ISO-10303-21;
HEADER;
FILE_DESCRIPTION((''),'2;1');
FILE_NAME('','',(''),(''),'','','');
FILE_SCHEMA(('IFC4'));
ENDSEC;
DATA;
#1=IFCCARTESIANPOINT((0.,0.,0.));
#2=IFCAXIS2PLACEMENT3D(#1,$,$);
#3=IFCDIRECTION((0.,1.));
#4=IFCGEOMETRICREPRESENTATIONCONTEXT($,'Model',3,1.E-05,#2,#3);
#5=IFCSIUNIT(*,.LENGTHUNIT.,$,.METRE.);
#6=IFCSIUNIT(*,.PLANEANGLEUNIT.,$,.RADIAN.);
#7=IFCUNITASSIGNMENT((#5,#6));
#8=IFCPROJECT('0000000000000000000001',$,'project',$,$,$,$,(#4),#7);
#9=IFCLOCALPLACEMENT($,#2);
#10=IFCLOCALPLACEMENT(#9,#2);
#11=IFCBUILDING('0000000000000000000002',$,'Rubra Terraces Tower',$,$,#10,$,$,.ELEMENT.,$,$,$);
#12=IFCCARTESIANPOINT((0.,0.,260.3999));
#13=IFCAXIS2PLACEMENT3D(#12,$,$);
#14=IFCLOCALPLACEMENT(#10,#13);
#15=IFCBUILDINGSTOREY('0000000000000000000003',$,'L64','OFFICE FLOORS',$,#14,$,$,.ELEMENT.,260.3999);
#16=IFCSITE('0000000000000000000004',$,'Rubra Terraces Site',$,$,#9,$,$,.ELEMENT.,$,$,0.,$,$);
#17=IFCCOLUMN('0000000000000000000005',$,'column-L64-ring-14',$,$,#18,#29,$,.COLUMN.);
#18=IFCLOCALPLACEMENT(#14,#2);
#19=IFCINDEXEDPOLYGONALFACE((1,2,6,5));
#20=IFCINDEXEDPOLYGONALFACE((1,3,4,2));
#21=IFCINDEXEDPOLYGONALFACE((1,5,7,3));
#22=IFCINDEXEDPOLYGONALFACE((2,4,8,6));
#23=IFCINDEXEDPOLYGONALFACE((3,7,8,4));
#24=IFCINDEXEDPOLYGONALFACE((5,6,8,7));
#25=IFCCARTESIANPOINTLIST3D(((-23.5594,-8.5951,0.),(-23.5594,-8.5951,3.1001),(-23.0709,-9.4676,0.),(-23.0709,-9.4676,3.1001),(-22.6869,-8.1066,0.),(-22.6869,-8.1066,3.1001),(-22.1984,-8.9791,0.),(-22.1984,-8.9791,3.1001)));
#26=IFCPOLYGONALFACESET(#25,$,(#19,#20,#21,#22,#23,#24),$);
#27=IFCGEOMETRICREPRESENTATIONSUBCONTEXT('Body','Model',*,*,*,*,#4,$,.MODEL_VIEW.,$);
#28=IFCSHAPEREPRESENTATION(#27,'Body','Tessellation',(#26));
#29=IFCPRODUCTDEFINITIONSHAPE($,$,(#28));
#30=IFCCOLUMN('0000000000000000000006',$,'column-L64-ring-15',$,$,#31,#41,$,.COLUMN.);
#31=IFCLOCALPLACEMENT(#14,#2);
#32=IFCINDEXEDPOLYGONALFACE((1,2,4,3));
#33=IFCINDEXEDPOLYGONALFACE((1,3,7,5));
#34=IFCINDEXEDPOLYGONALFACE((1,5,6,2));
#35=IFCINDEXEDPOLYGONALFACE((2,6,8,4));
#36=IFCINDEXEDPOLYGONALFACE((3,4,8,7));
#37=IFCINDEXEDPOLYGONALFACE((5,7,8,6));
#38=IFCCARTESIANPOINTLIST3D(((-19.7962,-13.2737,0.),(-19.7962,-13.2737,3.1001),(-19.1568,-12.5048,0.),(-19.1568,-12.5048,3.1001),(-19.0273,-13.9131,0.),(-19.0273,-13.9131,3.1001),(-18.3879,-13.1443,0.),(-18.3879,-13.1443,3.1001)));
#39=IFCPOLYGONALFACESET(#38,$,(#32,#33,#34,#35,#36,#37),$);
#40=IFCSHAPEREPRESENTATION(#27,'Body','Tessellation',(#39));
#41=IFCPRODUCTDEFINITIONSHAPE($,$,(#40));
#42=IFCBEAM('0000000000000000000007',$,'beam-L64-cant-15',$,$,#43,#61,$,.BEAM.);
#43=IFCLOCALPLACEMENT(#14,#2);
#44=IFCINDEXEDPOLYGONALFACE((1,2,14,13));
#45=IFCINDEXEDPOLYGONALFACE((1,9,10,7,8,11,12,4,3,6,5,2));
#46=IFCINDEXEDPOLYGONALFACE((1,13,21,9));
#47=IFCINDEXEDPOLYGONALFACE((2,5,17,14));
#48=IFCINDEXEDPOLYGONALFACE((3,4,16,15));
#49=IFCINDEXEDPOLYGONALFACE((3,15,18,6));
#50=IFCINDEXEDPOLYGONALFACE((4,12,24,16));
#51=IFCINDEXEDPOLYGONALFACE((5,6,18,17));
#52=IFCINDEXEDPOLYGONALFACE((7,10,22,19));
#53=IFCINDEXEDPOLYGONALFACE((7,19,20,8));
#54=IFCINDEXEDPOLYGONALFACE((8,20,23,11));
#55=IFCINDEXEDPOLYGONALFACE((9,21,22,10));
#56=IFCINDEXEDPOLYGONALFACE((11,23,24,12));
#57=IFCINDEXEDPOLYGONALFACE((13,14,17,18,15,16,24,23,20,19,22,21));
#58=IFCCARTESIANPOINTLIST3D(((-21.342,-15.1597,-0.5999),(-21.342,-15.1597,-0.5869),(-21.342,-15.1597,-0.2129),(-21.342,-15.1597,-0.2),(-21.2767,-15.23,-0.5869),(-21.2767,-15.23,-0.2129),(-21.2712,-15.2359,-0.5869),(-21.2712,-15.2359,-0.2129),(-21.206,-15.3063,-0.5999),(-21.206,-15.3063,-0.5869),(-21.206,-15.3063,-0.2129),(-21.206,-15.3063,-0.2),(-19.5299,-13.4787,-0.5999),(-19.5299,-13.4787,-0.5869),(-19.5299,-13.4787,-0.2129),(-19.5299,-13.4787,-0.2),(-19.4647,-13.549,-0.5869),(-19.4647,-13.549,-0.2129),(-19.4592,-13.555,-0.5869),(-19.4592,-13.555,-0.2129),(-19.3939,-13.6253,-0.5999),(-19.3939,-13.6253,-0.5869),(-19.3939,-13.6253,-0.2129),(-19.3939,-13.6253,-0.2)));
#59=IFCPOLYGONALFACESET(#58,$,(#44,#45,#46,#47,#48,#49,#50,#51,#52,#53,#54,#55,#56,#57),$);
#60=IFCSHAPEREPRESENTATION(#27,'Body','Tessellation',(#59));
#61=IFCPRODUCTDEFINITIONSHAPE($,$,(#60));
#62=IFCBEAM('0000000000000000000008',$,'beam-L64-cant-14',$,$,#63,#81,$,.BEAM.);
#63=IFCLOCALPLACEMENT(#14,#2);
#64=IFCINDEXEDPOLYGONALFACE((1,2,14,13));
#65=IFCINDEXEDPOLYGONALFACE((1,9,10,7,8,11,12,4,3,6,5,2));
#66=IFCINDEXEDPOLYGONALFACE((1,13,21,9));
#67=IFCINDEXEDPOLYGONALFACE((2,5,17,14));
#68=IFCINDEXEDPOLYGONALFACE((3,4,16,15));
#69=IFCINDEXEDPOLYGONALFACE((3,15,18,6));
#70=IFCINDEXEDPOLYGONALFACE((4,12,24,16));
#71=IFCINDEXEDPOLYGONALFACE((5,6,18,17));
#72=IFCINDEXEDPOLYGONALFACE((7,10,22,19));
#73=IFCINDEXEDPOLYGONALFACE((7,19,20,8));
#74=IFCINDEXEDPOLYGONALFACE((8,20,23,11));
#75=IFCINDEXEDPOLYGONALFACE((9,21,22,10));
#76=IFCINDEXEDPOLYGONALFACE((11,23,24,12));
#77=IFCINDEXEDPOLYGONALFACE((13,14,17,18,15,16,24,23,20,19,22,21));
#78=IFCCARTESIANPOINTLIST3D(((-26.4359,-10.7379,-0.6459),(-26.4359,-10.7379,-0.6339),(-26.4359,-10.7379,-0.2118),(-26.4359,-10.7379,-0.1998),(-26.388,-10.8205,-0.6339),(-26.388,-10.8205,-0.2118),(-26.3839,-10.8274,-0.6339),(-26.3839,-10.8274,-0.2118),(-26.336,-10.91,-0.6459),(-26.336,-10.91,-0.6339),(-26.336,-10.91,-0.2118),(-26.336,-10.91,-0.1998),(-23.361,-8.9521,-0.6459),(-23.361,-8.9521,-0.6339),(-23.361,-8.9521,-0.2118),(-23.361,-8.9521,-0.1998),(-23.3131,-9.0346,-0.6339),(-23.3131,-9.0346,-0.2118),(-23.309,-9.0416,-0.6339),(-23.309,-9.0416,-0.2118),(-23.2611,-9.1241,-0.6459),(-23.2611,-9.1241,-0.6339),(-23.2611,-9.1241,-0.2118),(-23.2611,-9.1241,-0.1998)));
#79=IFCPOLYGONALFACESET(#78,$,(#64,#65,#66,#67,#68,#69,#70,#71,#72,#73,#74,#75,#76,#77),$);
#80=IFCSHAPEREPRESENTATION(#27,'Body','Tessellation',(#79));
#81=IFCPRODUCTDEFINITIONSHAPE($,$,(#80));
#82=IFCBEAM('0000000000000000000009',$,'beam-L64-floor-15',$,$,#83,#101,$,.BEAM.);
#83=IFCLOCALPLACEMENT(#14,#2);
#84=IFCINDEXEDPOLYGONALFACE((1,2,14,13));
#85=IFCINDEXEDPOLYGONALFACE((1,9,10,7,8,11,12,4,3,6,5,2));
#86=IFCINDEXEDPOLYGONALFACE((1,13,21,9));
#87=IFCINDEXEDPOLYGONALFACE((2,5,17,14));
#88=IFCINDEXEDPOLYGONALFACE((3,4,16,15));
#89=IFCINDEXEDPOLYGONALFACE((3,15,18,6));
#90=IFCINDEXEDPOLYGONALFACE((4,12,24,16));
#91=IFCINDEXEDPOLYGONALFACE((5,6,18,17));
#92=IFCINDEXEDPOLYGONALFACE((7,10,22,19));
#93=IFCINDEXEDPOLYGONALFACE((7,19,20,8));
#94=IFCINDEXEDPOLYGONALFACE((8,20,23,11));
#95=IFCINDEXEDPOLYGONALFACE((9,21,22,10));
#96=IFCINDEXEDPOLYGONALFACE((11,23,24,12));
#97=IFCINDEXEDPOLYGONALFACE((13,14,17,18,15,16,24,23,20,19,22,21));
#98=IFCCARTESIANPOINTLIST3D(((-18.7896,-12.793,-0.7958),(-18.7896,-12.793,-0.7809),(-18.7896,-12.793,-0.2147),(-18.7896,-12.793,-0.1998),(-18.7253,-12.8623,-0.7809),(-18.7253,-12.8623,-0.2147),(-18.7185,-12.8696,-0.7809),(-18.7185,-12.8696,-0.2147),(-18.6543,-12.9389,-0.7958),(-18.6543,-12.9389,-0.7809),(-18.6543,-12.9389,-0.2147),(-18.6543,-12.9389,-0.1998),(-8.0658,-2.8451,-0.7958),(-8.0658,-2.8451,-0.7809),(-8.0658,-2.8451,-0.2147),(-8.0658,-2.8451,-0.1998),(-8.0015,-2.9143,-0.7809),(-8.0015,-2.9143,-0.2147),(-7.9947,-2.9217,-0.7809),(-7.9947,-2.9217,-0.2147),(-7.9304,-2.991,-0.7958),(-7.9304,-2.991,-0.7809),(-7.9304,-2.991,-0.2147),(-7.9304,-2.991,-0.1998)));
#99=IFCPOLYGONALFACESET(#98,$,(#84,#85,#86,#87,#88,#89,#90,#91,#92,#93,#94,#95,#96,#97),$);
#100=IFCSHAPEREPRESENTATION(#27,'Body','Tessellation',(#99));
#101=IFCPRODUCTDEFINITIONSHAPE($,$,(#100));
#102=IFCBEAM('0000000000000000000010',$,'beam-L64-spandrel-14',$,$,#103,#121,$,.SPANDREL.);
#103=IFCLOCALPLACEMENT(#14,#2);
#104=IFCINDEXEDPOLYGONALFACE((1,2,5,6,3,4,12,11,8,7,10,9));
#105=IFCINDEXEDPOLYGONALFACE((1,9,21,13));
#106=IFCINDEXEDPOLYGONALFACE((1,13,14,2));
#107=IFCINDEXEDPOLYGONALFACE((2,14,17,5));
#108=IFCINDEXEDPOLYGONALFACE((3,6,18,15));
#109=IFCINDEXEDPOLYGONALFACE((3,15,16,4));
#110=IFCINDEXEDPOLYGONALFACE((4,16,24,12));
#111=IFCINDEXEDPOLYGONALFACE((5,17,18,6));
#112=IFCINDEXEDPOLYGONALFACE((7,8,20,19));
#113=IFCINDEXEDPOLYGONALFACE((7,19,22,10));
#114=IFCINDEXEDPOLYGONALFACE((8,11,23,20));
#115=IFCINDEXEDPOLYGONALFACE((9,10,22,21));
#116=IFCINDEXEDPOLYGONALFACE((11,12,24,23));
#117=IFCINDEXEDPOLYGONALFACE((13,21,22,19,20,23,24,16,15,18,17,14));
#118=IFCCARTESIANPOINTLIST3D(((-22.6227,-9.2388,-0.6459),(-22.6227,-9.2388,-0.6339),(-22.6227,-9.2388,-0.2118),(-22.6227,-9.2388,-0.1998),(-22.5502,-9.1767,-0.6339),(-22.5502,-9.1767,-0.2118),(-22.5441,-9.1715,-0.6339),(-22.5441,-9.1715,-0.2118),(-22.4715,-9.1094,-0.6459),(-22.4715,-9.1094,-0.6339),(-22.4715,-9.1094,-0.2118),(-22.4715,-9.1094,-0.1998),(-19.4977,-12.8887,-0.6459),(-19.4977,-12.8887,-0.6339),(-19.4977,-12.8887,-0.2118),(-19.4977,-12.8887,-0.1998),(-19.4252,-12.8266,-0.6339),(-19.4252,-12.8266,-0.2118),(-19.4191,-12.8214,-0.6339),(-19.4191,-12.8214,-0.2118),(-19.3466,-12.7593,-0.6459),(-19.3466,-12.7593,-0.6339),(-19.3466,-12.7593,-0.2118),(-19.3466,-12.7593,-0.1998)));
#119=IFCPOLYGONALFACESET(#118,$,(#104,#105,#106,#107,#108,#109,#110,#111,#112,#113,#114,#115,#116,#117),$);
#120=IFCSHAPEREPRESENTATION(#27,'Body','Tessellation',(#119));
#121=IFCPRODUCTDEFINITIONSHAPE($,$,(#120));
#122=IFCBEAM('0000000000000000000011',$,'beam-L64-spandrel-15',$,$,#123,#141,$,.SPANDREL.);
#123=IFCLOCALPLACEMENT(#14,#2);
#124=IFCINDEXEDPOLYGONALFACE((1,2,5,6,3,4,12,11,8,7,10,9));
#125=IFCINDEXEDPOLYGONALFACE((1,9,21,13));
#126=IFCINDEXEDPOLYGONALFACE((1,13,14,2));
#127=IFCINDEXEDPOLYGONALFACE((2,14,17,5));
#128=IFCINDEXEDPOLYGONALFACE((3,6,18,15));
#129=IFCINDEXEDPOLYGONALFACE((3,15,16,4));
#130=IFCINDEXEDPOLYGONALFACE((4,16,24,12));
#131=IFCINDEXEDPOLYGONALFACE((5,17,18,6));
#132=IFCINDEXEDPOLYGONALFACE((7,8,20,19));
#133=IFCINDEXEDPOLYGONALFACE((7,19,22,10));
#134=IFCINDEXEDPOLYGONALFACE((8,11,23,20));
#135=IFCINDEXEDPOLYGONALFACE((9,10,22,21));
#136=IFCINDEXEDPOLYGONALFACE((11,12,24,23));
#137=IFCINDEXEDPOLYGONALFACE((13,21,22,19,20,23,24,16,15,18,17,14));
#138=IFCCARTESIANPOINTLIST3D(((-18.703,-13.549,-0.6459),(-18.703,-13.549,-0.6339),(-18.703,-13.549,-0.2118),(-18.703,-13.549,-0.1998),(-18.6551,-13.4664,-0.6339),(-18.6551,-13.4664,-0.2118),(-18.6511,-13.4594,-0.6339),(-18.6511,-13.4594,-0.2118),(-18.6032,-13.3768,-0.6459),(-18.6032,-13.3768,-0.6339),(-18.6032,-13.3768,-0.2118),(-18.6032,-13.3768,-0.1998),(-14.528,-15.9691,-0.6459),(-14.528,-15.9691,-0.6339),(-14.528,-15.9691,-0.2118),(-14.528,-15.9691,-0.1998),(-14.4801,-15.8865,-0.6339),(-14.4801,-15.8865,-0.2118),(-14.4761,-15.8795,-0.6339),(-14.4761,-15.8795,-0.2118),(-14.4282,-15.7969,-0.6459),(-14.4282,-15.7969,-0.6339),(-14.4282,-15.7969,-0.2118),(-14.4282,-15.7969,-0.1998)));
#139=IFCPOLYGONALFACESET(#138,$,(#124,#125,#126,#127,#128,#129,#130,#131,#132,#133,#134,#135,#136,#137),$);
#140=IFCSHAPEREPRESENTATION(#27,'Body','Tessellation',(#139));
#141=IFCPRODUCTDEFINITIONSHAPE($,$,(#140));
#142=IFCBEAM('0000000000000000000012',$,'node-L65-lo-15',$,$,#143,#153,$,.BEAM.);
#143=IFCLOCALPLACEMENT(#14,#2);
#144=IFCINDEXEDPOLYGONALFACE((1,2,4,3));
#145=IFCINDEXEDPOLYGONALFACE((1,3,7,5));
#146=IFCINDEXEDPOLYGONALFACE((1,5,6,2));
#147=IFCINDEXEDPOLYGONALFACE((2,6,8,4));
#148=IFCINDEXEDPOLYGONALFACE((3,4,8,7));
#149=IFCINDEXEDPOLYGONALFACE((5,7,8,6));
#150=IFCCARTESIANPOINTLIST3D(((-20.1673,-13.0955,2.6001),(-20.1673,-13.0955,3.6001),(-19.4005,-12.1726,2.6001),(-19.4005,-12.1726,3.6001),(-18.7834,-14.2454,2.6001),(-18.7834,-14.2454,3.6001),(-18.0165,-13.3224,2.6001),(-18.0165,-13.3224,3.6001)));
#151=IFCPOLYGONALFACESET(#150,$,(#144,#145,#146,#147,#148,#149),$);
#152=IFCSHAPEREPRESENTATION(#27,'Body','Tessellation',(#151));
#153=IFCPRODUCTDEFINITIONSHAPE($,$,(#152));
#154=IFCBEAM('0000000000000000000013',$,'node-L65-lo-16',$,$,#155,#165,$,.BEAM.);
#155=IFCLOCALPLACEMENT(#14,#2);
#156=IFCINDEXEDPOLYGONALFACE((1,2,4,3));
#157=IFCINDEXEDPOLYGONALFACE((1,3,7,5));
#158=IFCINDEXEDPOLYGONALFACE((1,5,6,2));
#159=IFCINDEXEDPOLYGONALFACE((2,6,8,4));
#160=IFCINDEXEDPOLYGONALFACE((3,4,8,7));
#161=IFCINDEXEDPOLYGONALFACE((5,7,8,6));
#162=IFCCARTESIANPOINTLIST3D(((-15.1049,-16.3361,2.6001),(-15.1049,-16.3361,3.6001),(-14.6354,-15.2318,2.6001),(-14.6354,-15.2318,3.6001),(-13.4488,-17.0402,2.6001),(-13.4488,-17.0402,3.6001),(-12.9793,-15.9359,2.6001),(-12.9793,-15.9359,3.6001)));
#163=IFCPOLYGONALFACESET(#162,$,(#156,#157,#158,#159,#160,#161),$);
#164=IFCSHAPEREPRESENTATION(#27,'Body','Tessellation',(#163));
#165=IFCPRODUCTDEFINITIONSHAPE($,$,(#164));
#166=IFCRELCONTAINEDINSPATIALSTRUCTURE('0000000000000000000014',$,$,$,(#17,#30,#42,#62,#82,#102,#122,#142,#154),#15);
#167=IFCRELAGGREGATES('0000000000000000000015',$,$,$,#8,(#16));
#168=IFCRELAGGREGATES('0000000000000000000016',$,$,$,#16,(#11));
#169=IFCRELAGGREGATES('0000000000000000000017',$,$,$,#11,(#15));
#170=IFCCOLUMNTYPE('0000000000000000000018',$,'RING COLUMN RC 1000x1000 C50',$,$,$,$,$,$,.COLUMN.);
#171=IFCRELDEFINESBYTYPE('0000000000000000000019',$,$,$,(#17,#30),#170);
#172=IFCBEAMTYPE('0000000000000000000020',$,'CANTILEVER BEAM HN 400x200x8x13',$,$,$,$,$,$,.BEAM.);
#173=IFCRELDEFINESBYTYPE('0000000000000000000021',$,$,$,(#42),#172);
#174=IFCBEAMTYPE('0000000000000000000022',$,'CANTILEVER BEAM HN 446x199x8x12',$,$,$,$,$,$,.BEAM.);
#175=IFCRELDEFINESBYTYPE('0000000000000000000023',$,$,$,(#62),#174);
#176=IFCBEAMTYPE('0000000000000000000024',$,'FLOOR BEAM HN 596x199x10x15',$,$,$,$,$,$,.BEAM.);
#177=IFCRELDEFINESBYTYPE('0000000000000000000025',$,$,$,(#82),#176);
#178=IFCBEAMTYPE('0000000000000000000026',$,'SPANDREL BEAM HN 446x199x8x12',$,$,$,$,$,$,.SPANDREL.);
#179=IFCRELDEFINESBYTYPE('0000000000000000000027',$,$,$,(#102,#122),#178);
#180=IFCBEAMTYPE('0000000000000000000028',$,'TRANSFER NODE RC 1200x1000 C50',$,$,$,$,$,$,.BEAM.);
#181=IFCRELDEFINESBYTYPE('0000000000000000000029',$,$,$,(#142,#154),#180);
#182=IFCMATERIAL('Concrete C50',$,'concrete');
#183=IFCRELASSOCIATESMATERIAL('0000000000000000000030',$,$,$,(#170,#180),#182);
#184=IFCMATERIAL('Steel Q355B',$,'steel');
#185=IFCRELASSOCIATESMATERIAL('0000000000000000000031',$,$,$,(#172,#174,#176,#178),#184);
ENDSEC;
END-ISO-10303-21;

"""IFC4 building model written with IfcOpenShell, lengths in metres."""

from ifc_helpers import new_model, si_unit, direction, frame, origin, origin_2d, place, context, subcontext, project, spatial, rectangle, i_section, extrude, material, material_profile, profile_set, type_object, element, save


model = new_model("IFC4")

# Units and contexts
model_context = context("Model", 3, precision=1e-05, world=origin(), true_north=direction((0.0, 1.0)))
body_context = subcontext(model_context, "Body", "Model", "MODEL_VIEW")
ifc_project = project(units=[si_unit("LENGTHUNIT", "METRE"), si_unit("PLANEANGLEUNIT", "RADIAN")], contexts=[model_context])

# Site, building, storey
site_placement = place(None, origin())
site = spatial("IfcSite", under=ifc_project, at=site_placement, Name="Rubra Terraces Site", CompositionType="ELEMENT", RefElevation=0.0)
building_placement = place(site_placement, origin())
building = spatial("IfcBuilding", under=site, at=building_placement, Name="Rubra Terraces Tower", CompositionType="ELEMENT")
storey_placement = place(building_placement, frame((0.0, 0.0, 260.3999)))
storey = spatial("IfcBuildingStorey", under=building, at=storey_placement, Name="L64", Description="OFFICE FLOORS", CompositionType="ELEMENT", Elevation=260.3999)

# Columns
ifc_material_1 = material(Name="Concrete C50", Category="concrete")
ifc_material_profile_1 = material_profile(ifc_material_1, rectangle(XDim=1.0, YDim=1.0, at=origin_2d()), Name="RC 1000x1000")
ifc_profile_set_1 = profile_set([ifc_material_profile_1], Name="Concrete C50")
column_type = type_object("IfcColumnType", Name="RING COLUMN RC 1000x1000 C50", PredefinedType="COLUMN", material=ifc_profile_set_1)
for number, where, z_axis, x_axis, name in (
    (1, (-22.8789, -8.7871, 0.0), (0.0, 0.0, 1.0), (0.488526, -0.872549, 0.0), "column-L64-ring-14"),
    (2, (-19.092, -13.209, 0.0), (0.0, 0.0, 1.0), (0.76887, -0.639405, 0.0), "column-L64-ring-15"),
):
    element("IfcColumn", number, at=place(storey_placement, frame(where, z_axis=z_axis, x_axis=x_axis)), inside=storey, type_object=column_type, Name=name, PredefinedType="COLUMN", context=body_context, shape_type="SweptSolid", body=[
        extrude(rectangle(XDim=1.0, YDim=1.0, at=origin_2d()), origin(), (0.0, 0.0, 1.0), 3.1001),
    ])

# Beams
ifc_material_2 = material(Name="Steel Q355B", Category="steel")
ifc_material_profile_2 = material_profile(ifc_material_2, i_section(OverallWidth=0.2, OverallDepth=0.3999, WebThickness=0.0081, FlangeThickness=0.0129, at=origin_2d()), Name="HN 400x200x8x13")
ifc_profile_set_2 = profile_set([ifc_material_profile_2], Name="Steel Q355B")
beam_type_1 = type_object("IfcBeamType", Name="CANTILEVER BEAM HN 400x200x8x13", PredefinedType="BEAM", material=ifc_profile_set_2)
beam_1_placement = place(storey_placement, frame((-19.4619, -13.552, -0.3999), z_axis=(-0.733131, -0.680087, 0.0), x_axis=(0.680087, -0.733131, 0.0)))
element("IfcBeam", 3, at=beam_1_placement, inside=storey, type_object=beam_type_1, Name="beam-L64-cant-15", PredefinedType="BEAM", context=body_context, shape_type="SweptSolid", body=[
    extrude(i_section(OverallWidth=0.2, OverallDepth=0.3999, WebThickness=0.0081, FlangeThickness=0.0129, at=origin_2d()), origin(), (0.0, 0.0, 1.0), 2.4717),
])
ifc_material_profile_3 = material_profile(ifc_material_2, i_section(OverallWidth=0.199, OverallDepth=0.446, WebThickness=0.0081, FlangeThickness=0.012, at=origin_2d()), Name="HN 446x199x8x12")
ifc_profile_set_3 = profile_set([ifc_material_profile_3], Name="Steel Q355B")
beam_type_2 = type_object("IfcBeamType", Name="CANTILEVER BEAM HN 446x199x8x12", PredefinedType="BEAM", material=ifc_profile_set_3)
beam_2_placement = place(storey_placement, frame((-23.311, -9.0381, -0.4229), z_axis=(-0.864736, -0.502227, 0.0), x_axis=(0.502227, -0.864736, 0.0)))
element("IfcBeam", 4, at=beam_2_placement, inside=storey, type_object=beam_type_2, Name="beam-L64-cant-14", PredefinedType="BEAM", context=body_context, shape_type="SweptSolid", body=[
    extrude(i_section(OverallWidth=0.199, OverallDepth=0.446, WebThickness=0.0081, FlangeThickness=0.012, at=origin_2d()), origin(), (0.0, 0.0, 1.0), 3.5559),
])
ifc_material_profile_4 = material_profile(ifc_material_2, i_section(OverallWidth=0.199, OverallDepth=0.5959, WebThickness=0.01, FlangeThickness=0.0149, at=origin_2d()), Name="HN 596x199x10x15")
ifc_profile_set_4 = profile_set([ifc_material_profile_4], Name="Steel Q355B")
beam_type_3 = type_object("IfcBeamType", Name="FLOOR BEAM HN 596x199x10x15", PredefinedType="BEAM", material=ifc_profile_set_4)
beam_3_placement = place(storey_placement, frame((-18.7219, -12.866, -0.4978), z_axis=(0.73313, 0.680088, 0.0), x_axis=(-0.680088, 0.73313, 0.0)))
element("IfcBeam", 5, at=beam_3_placement, inside=storey, type_object=beam_type_3, Name="beam-L64-floor-15", PredefinedType="BEAM", context=body_context, shape_type="SweptSolid", body=[
    extrude(i_section(OverallWidth=0.199, OverallDepth=0.5959, WebThickness=0.01, FlangeThickness=0.0149, at=origin_2d()), origin(), (0.0, 0.0, 1.0), 14.6274),
])
ifc_material_profile_5 = material_profile(ifc_material_2, i_section(OverallWidth=0.199, OverallDepth=0.446, WebThickness=0.0081, FlangeThickness=0.012, at=origin_2d()), Name="HN 446x199x8x12")
ifc_profile_set_5 = profile_set([ifc_material_profile_5], Name="Steel Q355B")
beam_type_4 = type_object("IfcBeamType", Name="SPANDREL BEAM HN 446x199x8x12", PredefinedType="SPANDREL", material=ifc_profile_set_5)
beam_4_placement = place(storey_placement, frame((-22.5471, -9.1741, -0.4229), z_axis=(0.650373, -0.759615, 0.0), x_axis=(0.759615, 0.650373, 0.0)))
element("IfcBeam", 6, at=beam_4_placement, inside=storey, type_object=beam_type_4, Name="beam-L64-spandrel-14", PredefinedType="SPANDREL", context=body_context, shape_type="SweptSolid", body=[
    extrude(i_section(OverallWidth=0.199, OverallDepth=0.446, WebThickness=0.0081, FlangeThickness=0.012, at=origin_2d()), origin(), (0.0, 0.0, 1.0), 4.8049),
])
beam_5_placement = place(storey_placement, frame((-18.6531, -13.4629, -0.4229), z_axis=(0.865154, -0.501507, 0.0), x_axis=(0.501507, 0.865154, 0.0)))
element("IfcBeam", 7, at=beam_5_placement, inside=storey, type_object=beam_type_4, Name="beam-L64-spandrel-15", PredefinedType="SPANDREL", context=body_context, shape_type="SweptSolid", body=[
    extrude(i_section(OverallWidth=0.199, OverallDepth=0.446, WebThickness=0.0081, FlangeThickness=0.012, at=origin_2d()), origin(), (0.0, 0.0, 1.0), 4.8257),
])
ifc_material_profile_6 = material_profile(ifc_material_1, rectangle(XDim=1.2, YDim=1.0, at=origin_2d()), Name="RC 1200x1000")
ifc_profile_set_6 = profile_set([ifc_material_profile_6], Name="Concrete C50")
beam_type_5 = type_object("IfcBeamType", Name="TRANSFER NODE RC 1200x1000 C50", PredefinedType="BEAM", material=ifc_profile_set_6)
beam_6_placement = place(storey_placement, frame((-19.7839, -12.634, 3.1001), z_axis=(0.769166, -0.639049, 0.0), x_axis=(0.639049, 0.769166, 0.0)))
element("IfcBeam", 8, at=beam_6_placement, inside=storey, type_object=beam_type_5, Name="node-L65-lo-15", PredefinedType="BEAM", context=body_context, shape_type="SweptSolid", body=[
    extrude(rectangle(XDim=1.2, YDim=1.0, at=origin_2d()), origin(), (0.0, 0.0, 1.0), 1.7993),
])
beam_7_placement = place(storey_placement, frame((-14.8701, -15.7839, 3.1001), z_axis=(0.920271, -0.391281, 0.0), x_axis=(0.391281, 0.920271, 0.0)))
element("IfcBeam", 9, at=beam_7_placement, inside=storey, type_object=beam_type_5, Name="node-L65-lo-16", PredefinedType="BEAM", context=body_context, shape_type="SweptSolid", body=[
    extrude(rectangle(XDim=1.2, YDim=1.0, at=origin_2d()), origin(), (0.0, 0.0, 1.0), 1.7996),
])

save(model, "model.ifc")
